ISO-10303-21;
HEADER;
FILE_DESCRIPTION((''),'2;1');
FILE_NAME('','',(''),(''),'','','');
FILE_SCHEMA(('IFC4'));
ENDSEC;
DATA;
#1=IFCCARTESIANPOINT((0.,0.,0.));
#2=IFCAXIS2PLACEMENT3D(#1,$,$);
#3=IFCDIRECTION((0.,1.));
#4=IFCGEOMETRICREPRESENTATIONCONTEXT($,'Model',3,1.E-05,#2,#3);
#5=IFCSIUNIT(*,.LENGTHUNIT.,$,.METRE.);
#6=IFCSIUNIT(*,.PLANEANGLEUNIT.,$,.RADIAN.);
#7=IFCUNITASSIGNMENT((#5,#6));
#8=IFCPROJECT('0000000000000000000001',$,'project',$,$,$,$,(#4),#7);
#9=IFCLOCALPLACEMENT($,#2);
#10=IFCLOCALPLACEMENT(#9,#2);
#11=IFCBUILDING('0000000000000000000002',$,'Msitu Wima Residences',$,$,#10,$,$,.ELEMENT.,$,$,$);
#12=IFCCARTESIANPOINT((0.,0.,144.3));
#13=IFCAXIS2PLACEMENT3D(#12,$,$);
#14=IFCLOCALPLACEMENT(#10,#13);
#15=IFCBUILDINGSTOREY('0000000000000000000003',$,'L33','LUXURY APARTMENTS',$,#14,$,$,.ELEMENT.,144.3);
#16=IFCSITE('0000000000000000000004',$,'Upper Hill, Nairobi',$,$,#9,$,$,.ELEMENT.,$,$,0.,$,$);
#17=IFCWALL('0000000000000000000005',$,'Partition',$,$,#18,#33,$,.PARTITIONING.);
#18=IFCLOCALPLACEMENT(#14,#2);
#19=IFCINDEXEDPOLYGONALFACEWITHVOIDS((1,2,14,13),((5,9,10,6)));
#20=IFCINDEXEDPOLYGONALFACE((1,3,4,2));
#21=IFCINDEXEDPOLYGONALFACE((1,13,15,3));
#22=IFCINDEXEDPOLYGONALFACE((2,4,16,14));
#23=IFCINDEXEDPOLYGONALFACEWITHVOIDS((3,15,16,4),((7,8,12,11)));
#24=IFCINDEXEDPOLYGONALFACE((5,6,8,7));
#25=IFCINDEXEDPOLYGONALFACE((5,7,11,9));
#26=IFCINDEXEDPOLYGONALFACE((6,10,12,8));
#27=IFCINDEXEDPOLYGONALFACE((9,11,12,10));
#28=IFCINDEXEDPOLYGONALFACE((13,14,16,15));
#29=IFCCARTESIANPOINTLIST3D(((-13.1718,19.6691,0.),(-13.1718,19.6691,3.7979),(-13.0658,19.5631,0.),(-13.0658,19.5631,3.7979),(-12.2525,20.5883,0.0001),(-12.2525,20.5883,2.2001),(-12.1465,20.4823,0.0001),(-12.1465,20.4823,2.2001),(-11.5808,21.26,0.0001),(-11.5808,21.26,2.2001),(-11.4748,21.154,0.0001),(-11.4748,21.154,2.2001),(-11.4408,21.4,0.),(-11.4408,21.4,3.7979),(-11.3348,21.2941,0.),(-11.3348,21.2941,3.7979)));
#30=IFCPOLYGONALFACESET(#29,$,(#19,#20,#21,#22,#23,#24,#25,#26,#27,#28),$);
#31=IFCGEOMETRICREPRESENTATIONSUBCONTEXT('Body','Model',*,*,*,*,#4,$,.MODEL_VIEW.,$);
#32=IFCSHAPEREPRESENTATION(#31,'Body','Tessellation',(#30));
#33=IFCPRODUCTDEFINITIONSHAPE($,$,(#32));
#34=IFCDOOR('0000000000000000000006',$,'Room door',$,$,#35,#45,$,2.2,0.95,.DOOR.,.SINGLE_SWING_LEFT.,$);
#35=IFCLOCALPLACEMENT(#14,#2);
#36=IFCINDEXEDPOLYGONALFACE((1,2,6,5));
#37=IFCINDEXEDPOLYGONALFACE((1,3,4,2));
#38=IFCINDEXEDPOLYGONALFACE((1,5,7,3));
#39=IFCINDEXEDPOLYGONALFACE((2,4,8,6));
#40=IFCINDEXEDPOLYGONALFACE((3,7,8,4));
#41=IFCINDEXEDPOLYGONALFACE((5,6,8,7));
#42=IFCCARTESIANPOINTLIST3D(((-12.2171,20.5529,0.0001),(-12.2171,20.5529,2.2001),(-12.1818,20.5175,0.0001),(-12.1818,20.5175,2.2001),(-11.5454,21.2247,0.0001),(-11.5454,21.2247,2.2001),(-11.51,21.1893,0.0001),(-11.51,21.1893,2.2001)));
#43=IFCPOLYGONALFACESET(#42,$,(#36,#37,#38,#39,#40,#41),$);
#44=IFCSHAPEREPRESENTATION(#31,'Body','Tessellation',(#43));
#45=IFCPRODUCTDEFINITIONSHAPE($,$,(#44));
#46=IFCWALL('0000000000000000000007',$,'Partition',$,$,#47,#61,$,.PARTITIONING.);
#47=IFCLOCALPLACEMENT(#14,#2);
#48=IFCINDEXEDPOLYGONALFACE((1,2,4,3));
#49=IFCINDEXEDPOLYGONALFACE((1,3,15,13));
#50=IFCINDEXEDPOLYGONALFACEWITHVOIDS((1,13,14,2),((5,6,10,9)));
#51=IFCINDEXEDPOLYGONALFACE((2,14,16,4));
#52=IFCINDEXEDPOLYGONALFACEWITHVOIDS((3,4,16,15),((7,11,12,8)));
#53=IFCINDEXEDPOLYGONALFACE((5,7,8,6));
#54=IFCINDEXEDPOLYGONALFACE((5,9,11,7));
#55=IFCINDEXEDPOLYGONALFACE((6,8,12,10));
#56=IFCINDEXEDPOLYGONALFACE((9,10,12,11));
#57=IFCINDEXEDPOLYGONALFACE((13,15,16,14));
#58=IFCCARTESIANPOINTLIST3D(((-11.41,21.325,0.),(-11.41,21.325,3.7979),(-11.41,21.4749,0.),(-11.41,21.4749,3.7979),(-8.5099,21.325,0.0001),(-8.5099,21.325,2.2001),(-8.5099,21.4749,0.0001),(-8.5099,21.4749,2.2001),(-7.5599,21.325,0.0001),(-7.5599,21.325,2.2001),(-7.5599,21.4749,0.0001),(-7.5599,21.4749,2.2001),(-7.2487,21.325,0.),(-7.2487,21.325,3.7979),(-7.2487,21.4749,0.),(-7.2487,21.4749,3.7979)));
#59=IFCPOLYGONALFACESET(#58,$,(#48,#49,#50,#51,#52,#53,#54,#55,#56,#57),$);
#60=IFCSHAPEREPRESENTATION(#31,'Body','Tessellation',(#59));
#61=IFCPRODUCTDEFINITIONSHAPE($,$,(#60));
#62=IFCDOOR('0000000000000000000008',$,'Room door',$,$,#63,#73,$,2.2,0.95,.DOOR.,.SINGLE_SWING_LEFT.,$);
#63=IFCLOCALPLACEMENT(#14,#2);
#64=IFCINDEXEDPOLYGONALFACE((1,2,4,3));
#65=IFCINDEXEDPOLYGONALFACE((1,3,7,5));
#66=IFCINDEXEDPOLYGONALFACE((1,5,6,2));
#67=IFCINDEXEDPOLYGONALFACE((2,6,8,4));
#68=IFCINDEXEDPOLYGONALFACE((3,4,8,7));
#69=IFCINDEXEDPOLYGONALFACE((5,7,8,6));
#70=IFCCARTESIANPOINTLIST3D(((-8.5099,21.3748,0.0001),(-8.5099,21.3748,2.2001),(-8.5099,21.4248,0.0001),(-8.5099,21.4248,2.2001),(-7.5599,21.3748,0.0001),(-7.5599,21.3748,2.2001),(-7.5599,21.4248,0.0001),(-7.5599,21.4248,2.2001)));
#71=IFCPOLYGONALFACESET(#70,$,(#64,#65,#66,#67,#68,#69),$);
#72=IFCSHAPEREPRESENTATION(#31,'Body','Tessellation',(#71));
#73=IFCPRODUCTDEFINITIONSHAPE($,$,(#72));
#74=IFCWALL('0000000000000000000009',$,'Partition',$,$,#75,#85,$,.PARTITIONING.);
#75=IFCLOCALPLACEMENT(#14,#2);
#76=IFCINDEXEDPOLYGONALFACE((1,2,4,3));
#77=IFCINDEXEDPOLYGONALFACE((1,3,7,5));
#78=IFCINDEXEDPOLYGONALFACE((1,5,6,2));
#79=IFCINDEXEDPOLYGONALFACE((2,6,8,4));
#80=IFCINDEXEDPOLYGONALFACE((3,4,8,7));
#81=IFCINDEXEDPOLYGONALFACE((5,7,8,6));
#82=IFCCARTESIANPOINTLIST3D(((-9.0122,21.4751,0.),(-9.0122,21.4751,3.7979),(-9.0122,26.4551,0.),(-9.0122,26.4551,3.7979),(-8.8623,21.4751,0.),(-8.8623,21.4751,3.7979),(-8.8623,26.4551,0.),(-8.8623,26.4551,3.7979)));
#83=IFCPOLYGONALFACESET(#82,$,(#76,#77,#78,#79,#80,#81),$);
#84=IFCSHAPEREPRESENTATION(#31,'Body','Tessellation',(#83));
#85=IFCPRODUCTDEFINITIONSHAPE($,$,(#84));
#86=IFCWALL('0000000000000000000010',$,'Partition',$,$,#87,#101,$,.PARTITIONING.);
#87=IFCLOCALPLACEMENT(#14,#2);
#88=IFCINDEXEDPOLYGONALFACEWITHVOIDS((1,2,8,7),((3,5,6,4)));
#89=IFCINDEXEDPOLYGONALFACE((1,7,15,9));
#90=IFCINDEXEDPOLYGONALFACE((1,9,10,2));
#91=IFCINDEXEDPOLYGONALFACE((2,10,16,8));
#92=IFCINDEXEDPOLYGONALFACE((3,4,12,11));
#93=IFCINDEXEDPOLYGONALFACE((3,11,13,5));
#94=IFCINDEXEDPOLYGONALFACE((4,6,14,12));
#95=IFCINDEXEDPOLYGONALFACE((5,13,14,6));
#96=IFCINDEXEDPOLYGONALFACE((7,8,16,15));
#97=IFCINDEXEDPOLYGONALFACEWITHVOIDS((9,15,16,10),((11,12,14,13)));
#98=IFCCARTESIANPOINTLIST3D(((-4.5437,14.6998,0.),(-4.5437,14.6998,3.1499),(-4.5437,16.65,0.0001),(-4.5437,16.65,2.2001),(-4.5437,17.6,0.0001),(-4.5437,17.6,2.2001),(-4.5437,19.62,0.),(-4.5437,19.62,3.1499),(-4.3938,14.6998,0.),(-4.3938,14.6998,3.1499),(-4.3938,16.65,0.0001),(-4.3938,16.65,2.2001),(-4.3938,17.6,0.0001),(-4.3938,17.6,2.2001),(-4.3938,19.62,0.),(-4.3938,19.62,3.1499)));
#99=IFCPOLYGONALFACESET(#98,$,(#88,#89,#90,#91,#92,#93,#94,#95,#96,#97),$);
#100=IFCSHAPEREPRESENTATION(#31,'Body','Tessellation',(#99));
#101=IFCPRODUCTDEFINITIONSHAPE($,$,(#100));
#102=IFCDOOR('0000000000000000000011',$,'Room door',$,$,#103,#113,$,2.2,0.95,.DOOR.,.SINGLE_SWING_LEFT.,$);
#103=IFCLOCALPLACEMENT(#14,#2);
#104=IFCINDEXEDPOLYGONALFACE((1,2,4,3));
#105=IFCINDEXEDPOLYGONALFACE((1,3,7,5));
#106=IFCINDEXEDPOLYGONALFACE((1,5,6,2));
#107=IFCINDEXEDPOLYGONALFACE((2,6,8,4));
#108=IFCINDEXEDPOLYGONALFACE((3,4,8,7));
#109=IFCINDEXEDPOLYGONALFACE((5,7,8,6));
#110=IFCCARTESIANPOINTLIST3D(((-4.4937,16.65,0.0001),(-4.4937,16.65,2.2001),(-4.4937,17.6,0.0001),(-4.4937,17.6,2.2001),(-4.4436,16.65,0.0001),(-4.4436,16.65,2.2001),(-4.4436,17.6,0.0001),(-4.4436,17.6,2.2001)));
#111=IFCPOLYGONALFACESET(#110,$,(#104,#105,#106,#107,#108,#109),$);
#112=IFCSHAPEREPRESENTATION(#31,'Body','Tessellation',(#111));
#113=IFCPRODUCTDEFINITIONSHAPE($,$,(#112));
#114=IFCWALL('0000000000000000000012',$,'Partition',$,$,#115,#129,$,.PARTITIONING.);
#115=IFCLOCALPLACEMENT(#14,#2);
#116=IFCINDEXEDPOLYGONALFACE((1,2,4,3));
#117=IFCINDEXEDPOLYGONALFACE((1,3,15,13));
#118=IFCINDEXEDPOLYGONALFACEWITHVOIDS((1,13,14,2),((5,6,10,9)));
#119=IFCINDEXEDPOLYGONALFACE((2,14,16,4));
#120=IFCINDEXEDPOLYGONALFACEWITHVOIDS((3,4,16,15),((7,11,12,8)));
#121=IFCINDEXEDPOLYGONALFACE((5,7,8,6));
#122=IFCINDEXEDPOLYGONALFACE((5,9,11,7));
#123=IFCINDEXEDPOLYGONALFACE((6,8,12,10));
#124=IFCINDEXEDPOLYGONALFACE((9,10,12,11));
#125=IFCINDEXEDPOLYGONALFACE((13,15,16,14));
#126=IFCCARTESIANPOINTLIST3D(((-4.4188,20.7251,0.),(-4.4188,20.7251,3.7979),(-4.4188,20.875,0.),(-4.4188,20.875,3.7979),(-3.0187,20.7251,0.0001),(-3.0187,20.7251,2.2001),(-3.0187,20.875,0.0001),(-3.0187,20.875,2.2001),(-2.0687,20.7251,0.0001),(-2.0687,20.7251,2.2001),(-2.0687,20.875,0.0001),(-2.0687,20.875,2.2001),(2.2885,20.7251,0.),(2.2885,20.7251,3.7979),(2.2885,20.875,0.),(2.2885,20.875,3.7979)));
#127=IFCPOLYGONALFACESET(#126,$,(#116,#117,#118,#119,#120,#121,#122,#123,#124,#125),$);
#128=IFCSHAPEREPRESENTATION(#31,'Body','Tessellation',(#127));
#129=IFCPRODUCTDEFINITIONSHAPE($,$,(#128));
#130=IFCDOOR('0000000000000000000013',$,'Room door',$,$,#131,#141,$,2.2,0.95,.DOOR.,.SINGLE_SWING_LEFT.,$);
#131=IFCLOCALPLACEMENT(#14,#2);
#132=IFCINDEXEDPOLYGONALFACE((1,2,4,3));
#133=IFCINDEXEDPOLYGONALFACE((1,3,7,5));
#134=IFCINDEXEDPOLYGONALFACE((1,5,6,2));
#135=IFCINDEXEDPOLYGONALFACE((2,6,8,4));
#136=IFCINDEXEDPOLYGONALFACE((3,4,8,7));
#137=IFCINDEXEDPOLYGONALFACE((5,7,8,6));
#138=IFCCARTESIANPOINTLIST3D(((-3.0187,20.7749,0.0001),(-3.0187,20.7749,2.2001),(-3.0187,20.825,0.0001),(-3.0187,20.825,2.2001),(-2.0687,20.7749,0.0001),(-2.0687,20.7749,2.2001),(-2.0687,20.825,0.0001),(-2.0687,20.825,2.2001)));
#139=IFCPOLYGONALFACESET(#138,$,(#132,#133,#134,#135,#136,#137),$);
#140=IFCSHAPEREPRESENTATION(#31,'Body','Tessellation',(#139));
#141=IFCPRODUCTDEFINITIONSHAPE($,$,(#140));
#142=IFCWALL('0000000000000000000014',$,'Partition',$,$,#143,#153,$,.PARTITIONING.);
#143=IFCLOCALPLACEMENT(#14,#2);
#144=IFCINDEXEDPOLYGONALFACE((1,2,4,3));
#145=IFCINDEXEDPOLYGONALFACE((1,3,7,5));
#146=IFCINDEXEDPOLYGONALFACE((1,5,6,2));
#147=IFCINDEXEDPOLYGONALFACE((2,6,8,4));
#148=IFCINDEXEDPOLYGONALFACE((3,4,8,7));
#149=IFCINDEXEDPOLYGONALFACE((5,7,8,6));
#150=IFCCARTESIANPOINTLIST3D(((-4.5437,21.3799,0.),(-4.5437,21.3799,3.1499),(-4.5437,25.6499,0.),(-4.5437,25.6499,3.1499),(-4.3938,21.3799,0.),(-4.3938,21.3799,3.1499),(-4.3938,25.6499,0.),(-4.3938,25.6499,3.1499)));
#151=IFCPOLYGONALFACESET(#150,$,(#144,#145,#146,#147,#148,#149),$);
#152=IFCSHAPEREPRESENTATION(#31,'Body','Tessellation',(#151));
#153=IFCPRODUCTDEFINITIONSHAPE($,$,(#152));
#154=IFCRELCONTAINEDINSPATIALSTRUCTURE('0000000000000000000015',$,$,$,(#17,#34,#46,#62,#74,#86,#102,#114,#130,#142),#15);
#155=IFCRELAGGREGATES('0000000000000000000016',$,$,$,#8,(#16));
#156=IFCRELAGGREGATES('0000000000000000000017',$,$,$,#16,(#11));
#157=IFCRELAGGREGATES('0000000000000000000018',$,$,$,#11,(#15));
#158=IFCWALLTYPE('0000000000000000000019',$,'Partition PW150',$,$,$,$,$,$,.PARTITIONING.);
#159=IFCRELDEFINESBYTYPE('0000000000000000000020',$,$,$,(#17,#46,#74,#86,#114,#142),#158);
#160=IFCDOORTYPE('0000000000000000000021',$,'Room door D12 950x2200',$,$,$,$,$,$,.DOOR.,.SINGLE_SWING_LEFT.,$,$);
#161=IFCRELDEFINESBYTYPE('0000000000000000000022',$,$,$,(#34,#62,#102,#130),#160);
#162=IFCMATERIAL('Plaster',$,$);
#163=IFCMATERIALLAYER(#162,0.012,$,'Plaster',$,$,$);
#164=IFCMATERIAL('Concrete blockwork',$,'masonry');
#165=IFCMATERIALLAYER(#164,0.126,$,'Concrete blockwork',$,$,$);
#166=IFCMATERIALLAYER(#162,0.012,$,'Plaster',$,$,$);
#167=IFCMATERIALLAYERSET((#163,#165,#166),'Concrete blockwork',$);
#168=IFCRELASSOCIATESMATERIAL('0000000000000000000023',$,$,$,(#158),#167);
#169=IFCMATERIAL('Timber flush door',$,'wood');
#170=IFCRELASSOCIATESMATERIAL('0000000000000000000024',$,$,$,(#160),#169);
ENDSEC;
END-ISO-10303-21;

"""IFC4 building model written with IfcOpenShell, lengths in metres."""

from ifc_helpers import new_model, si_unit, direction, frame, frame_2d, origin, place, context, subcontext, project, spatial, rectangle, extrude, material, layer, layer_set, type_object, element, fill, save


model = new_model("IFC4")

# Units and contexts
model_context = context("Model", 3, precision=1e-05, world=origin(), true_north=direction((0.0, 1.0)))
body_context = subcontext(model_context, "Body", "Model", "MODEL_VIEW")
ifc_project = project(units=[si_unit("LENGTHUNIT", "METRE"), si_unit("PLANEANGLEUNIT", "RADIAN")], contexts=[model_context])

# Site, building, storey
site_placement = place(None, origin())
site = spatial("IfcSite", under=ifc_project, at=site_placement, Name="Upper Hill, Nairobi", CompositionType="ELEMENT", RefElevation=0.0)
building_placement = place(site_placement, origin())
building = spatial("IfcBuilding", under=site, at=building_placement, Name="Msitu Wima Residences", CompositionType="ELEMENT")
storey_placement = place(building_placement, frame((0.0, 0.0, 144.3)))
storey = spatial("IfcBuildingStorey", under=building, at=storey_placement, Name="L33", Description="LUXURY APARTMENTS", CompositionType="ELEMENT", Elevation=144.3)

# Walls, openings, doors
ifc_material_1 = material(Name="Plaster")
ifc_layer_1 = layer(ifc_material_1, 0.012, Name="Plaster")
ifc_material_2 = material(Name="Concrete blockwork", Category="masonry")
ifc_layer_2 = layer(ifc_material_2, 0.126, Name="Concrete blockwork")
ifc_layer_3 = layer(ifc_material_1, 0.012, Name="Plaster")
ifc_layer_set_1 = layer_set([ifc_layer_1, ifc_layer_2, ifc_layer_3], Name="Concrete blockwork")
wall_type_1 = type_object("IfcWallType", Name="Partition PW150", PredefinedType="PARTITIONING", material=ifc_layer_set_1)
wall_1_placement = place(storey_placement, frame((-13.1189, 19.616, 0.0), z_axis=(0.0, 0.0, 1.0), x_axis=(0.707107, 0.707107, 0.0)))
wall_1 = element("IfcWall", 1, at=wall_1_placement, inside=storey, type_object=wall_type_1, Name="Partition", PredefinedType="PARTITIONING", context=body_context, shape_type="SweptSolid", body=[
    extrude(rectangle(XDim=2.448, YDim=0.1499, at=frame_2d((1.2241, 0.0))), origin(), (0.0, 0.0, 1.0), 3.7979),
])
opening_1_placement = place(wall_1_placement, frame((1.3, 0.0, 0.0)))
opening_1 = element("IfcOpeningElement", 2, at=opening_1_placement, cuts=wall_1, PredefinedType="OPENING", context=body_context, shape_type="SweptSolid", body=[
    extrude(rectangle(XDim=0.95, YDim=2.2, at=frame_2d((0.4751, 1.1001))), frame((0.0, 0.085, 0.0), z_axis=(0.0, -1.0, 0.0), x_axis=(1.0, 0.0, 0.0)), (0.0, 0.0, 1.0), 0.1699),
])
ifc_material_3 = material(Name="Timber flush door", Category="wood")
door_type_1 = type_object("IfcDoorType", Name="Room door D12 950x2200", OperationType="SINGLE_SWING_LEFT", PredefinedType="DOOR", material=ifc_material_3)
door_1_placement = place(opening_1_placement, origin())
door_1 = element("IfcDoor", 3, at=door_1_placement, inside=storey, type_object=door_type_1, Name="Room door", OperationType="SINGLE_SWING_LEFT", OverallHeight=2.2, OverallWidth=0.95, PredefinedType="DOOR", context=body_context, shape_type="SweptSolid", body=[
    extrude(rectangle(XDim=0.95, YDim=2.2, at=frame_2d((0.4751, 1.1001))), frame((0.0, 0.0249, 0.0), z_axis=(0.0, -1.0, 0.0), x_axis=(1.0, 0.0, 0.0)), (0.0, 0.0, 1.0), 0.05),
])
fill(opening_1, door_1)
wall_2_placement = place(storey_placement, frame((-11.4099, 21.3999, 0.0), z_axis=(0.0, 0.0, 1.0), x_axis=(1.0, 0.0, 0.0)))
wall_2 = element("IfcWall", 4, at=wall_2_placement, inside=storey, type_object=wall_type_1, Name="Partition", PredefinedType="PARTITIONING", context=body_context, shape_type="SweptSolid", body=[
    extrude(rectangle(XDim=4.1614, YDim=0.1499, at=frame_2d((2.0806, 0.0))), origin(), (0.0, 0.0, 1.0), 3.7979),
])
opening_2_placement = place(wall_2_placement, frame((2.8999, 0.0, 0.0)))
opening_2 = element("IfcOpeningElement", 5, at=opening_2_placement, cuts=wall_2, PredefinedType="OPENING", context=body_context, shape_type="SweptSolid", body=[
    extrude(rectangle(XDim=0.95, YDim=2.2, at=frame_2d((0.4751, 1.1001))), frame((0.0, 0.085, 0.0), z_axis=(0.0, -1.0, 0.0), x_axis=(1.0, 0.0, 0.0)), (0.0, 0.0, 1.0), 0.1699),
])
door_2_placement = place(opening_2_placement, origin())
door_2 = element("IfcDoor", 6, at=door_2_placement, inside=storey, type_object=door_type_1, Name="Room door", OperationType="SINGLE_SWING_LEFT", OverallHeight=2.2, OverallWidth=0.95, PredefinedType="DOOR", context=body_context, shape_type="SweptSolid", body=[
    extrude(rectangle(XDim=0.95, YDim=2.2, at=frame_2d((0.4751, 1.1001))), frame((0.0, 0.0249, 0.0), z_axis=(0.0, -1.0, 0.0), x_axis=(1.0, 0.0, 0.0)), (0.0, 0.0, 1.0), 0.05),
])
fill(opening_2, door_2)

# Wall
wall_3_placement = place(storey_placement, frame((-8.9373, 21.4751, 0.0), z_axis=(0.0, 0.0, 1.0), x_axis=(0.0, 1.0, 0.0)))
element("IfcWall", 7, at=wall_3_placement, inside=storey, type_object=wall_type_1, Name="Partition", PredefinedType="PARTITIONING", context=body_context, shape_type="SweptSolid", body=[
    extrude(rectangle(XDim=4.98, YDim=0.1499, at=frame_2d((2.49, 0.0))), origin(), (0.0, 0.0, 1.0), 3.7979),
])

# Walls, openings, doors
wall_4_placement = place(storey_placement, frame((-4.4688, 14.7, 0.0), z_axis=(0.0, 0.0, 1.0), x_axis=(0.0, 1.0, 0.0)))
wall_4 = element("IfcWall", 8, at=wall_4_placement, inside=storey, type_object=wall_type_1, Name="Partition", PredefinedType="PARTITIONING", context=body_context, shape_type="SweptSolid", body=[
    extrude(rectangle(XDim=4.9202, YDim=0.1499, at=frame_2d((2.46, 0.0))), origin(), (0.0, 0.0, 1.0), 3.1499),
])
opening_3_placement = place(wall_4_placement, frame((1.95, 0.0, 0.0)))
opening_3 = element("IfcOpeningElement", 9, at=opening_3_placement, cuts=wall_4, PredefinedType="OPENING", context=body_context, shape_type="SweptSolid", body=[
    extrude(rectangle(XDim=0.95, YDim=2.2, at=frame_2d((0.4751, 1.1001))), frame((0.0, 0.085, 0.0), z_axis=(0.0, -1.0, 0.0), x_axis=(1.0, 0.0, 0.0)), (0.0, 0.0, 1.0), 0.1699),
])
door_3_placement = place(opening_3_placement, origin())
door_3 = element("IfcDoor", 10, at=door_3_placement, inside=storey, type_object=door_type_1, Name="Room door", OperationType="SINGLE_SWING_LEFT", OverallHeight=2.2, OverallWidth=0.95, PredefinedType="DOOR", context=body_context, shape_type="SweptSolid", body=[
    extrude(rectangle(XDim=0.95, YDim=2.2, at=frame_2d((0.4751, 1.1001))), frame((0.0, 0.0249, 0.0), z_axis=(0.0, -1.0, 0.0), x_axis=(1.0, 0.0, 0.0)), (0.0, 0.0, 1.0), 0.05),
])
fill(opening_3, door_3)
wall_5_placement = place(storey_placement, frame((-4.4187, 20.8, 0.0), z_axis=(0.0, 0.0, 1.0), x_axis=(1.0, 0.0, 0.0)))
wall_5 = element("IfcWall", 11, at=wall_5_placement, inside=storey, type_object=wall_type_1, Name="Partition", PredefinedType="PARTITIONING", context=body_context, shape_type="SweptSolid", body=[
    extrude(rectangle(XDim=6.7073, YDim=0.1499, at=frame_2d((3.3535, 0.0))), origin(), (0.0, 0.0, 1.0), 3.7979),
])
opening_4_placement = place(wall_5_placement, frame((1.3999, 0.0, 0.0)))
opening_4 = element("IfcOpeningElement", 12, at=opening_4_placement, cuts=wall_5, PredefinedType="OPENING", context=body_context, shape_type="SweptSolid", body=[
    extrude(rectangle(XDim=0.95, YDim=2.2, at=frame_2d((0.4751, 1.1001))), frame((0.0, 0.085, 0.0), z_axis=(0.0, -1.0, 0.0), x_axis=(1.0, 0.0, 0.0)), (0.0, 0.0, 1.0), 0.1699),
])
door_4_placement = place(opening_4_placement, origin())
door_4 = element("IfcDoor", 13, at=door_4_placement, inside=storey, type_object=door_type_1, Name="Room door", OperationType="SINGLE_SWING_LEFT", OverallHeight=2.2, OverallWidth=0.95, PredefinedType="DOOR", context=body_context, shape_type="SweptSolid", body=[
    extrude(rectangle(XDim=0.95, YDim=2.2, at=frame_2d((0.4751, 1.1001))), frame((0.0, 0.0249, 0.0), z_axis=(0.0, -1.0, 0.0), x_axis=(1.0, 0.0, 0.0)), (0.0, 0.0, 1.0), 0.05),
])
fill(opening_4, door_4)

# Wall
wall_6_placement = place(storey_placement, frame((-4.4688, 21.3799, 0.0), z_axis=(0.0, 0.0, 1.0), x_axis=(0.0, 1.0, 0.0)))
element("IfcWall", 14, at=wall_6_placement, inside=storey, type_object=wall_type_1, Name="Partition", PredefinedType="PARTITIONING", context=body_context, shape_type="SweptSolid", body=[
    extrude(rectangle(XDim=4.27, YDim=0.1499, at=frame_2d((2.135, 0.0))), origin(), (0.0, 0.0, 1.0), 3.1499),
])

save(model, "model.ifc")
